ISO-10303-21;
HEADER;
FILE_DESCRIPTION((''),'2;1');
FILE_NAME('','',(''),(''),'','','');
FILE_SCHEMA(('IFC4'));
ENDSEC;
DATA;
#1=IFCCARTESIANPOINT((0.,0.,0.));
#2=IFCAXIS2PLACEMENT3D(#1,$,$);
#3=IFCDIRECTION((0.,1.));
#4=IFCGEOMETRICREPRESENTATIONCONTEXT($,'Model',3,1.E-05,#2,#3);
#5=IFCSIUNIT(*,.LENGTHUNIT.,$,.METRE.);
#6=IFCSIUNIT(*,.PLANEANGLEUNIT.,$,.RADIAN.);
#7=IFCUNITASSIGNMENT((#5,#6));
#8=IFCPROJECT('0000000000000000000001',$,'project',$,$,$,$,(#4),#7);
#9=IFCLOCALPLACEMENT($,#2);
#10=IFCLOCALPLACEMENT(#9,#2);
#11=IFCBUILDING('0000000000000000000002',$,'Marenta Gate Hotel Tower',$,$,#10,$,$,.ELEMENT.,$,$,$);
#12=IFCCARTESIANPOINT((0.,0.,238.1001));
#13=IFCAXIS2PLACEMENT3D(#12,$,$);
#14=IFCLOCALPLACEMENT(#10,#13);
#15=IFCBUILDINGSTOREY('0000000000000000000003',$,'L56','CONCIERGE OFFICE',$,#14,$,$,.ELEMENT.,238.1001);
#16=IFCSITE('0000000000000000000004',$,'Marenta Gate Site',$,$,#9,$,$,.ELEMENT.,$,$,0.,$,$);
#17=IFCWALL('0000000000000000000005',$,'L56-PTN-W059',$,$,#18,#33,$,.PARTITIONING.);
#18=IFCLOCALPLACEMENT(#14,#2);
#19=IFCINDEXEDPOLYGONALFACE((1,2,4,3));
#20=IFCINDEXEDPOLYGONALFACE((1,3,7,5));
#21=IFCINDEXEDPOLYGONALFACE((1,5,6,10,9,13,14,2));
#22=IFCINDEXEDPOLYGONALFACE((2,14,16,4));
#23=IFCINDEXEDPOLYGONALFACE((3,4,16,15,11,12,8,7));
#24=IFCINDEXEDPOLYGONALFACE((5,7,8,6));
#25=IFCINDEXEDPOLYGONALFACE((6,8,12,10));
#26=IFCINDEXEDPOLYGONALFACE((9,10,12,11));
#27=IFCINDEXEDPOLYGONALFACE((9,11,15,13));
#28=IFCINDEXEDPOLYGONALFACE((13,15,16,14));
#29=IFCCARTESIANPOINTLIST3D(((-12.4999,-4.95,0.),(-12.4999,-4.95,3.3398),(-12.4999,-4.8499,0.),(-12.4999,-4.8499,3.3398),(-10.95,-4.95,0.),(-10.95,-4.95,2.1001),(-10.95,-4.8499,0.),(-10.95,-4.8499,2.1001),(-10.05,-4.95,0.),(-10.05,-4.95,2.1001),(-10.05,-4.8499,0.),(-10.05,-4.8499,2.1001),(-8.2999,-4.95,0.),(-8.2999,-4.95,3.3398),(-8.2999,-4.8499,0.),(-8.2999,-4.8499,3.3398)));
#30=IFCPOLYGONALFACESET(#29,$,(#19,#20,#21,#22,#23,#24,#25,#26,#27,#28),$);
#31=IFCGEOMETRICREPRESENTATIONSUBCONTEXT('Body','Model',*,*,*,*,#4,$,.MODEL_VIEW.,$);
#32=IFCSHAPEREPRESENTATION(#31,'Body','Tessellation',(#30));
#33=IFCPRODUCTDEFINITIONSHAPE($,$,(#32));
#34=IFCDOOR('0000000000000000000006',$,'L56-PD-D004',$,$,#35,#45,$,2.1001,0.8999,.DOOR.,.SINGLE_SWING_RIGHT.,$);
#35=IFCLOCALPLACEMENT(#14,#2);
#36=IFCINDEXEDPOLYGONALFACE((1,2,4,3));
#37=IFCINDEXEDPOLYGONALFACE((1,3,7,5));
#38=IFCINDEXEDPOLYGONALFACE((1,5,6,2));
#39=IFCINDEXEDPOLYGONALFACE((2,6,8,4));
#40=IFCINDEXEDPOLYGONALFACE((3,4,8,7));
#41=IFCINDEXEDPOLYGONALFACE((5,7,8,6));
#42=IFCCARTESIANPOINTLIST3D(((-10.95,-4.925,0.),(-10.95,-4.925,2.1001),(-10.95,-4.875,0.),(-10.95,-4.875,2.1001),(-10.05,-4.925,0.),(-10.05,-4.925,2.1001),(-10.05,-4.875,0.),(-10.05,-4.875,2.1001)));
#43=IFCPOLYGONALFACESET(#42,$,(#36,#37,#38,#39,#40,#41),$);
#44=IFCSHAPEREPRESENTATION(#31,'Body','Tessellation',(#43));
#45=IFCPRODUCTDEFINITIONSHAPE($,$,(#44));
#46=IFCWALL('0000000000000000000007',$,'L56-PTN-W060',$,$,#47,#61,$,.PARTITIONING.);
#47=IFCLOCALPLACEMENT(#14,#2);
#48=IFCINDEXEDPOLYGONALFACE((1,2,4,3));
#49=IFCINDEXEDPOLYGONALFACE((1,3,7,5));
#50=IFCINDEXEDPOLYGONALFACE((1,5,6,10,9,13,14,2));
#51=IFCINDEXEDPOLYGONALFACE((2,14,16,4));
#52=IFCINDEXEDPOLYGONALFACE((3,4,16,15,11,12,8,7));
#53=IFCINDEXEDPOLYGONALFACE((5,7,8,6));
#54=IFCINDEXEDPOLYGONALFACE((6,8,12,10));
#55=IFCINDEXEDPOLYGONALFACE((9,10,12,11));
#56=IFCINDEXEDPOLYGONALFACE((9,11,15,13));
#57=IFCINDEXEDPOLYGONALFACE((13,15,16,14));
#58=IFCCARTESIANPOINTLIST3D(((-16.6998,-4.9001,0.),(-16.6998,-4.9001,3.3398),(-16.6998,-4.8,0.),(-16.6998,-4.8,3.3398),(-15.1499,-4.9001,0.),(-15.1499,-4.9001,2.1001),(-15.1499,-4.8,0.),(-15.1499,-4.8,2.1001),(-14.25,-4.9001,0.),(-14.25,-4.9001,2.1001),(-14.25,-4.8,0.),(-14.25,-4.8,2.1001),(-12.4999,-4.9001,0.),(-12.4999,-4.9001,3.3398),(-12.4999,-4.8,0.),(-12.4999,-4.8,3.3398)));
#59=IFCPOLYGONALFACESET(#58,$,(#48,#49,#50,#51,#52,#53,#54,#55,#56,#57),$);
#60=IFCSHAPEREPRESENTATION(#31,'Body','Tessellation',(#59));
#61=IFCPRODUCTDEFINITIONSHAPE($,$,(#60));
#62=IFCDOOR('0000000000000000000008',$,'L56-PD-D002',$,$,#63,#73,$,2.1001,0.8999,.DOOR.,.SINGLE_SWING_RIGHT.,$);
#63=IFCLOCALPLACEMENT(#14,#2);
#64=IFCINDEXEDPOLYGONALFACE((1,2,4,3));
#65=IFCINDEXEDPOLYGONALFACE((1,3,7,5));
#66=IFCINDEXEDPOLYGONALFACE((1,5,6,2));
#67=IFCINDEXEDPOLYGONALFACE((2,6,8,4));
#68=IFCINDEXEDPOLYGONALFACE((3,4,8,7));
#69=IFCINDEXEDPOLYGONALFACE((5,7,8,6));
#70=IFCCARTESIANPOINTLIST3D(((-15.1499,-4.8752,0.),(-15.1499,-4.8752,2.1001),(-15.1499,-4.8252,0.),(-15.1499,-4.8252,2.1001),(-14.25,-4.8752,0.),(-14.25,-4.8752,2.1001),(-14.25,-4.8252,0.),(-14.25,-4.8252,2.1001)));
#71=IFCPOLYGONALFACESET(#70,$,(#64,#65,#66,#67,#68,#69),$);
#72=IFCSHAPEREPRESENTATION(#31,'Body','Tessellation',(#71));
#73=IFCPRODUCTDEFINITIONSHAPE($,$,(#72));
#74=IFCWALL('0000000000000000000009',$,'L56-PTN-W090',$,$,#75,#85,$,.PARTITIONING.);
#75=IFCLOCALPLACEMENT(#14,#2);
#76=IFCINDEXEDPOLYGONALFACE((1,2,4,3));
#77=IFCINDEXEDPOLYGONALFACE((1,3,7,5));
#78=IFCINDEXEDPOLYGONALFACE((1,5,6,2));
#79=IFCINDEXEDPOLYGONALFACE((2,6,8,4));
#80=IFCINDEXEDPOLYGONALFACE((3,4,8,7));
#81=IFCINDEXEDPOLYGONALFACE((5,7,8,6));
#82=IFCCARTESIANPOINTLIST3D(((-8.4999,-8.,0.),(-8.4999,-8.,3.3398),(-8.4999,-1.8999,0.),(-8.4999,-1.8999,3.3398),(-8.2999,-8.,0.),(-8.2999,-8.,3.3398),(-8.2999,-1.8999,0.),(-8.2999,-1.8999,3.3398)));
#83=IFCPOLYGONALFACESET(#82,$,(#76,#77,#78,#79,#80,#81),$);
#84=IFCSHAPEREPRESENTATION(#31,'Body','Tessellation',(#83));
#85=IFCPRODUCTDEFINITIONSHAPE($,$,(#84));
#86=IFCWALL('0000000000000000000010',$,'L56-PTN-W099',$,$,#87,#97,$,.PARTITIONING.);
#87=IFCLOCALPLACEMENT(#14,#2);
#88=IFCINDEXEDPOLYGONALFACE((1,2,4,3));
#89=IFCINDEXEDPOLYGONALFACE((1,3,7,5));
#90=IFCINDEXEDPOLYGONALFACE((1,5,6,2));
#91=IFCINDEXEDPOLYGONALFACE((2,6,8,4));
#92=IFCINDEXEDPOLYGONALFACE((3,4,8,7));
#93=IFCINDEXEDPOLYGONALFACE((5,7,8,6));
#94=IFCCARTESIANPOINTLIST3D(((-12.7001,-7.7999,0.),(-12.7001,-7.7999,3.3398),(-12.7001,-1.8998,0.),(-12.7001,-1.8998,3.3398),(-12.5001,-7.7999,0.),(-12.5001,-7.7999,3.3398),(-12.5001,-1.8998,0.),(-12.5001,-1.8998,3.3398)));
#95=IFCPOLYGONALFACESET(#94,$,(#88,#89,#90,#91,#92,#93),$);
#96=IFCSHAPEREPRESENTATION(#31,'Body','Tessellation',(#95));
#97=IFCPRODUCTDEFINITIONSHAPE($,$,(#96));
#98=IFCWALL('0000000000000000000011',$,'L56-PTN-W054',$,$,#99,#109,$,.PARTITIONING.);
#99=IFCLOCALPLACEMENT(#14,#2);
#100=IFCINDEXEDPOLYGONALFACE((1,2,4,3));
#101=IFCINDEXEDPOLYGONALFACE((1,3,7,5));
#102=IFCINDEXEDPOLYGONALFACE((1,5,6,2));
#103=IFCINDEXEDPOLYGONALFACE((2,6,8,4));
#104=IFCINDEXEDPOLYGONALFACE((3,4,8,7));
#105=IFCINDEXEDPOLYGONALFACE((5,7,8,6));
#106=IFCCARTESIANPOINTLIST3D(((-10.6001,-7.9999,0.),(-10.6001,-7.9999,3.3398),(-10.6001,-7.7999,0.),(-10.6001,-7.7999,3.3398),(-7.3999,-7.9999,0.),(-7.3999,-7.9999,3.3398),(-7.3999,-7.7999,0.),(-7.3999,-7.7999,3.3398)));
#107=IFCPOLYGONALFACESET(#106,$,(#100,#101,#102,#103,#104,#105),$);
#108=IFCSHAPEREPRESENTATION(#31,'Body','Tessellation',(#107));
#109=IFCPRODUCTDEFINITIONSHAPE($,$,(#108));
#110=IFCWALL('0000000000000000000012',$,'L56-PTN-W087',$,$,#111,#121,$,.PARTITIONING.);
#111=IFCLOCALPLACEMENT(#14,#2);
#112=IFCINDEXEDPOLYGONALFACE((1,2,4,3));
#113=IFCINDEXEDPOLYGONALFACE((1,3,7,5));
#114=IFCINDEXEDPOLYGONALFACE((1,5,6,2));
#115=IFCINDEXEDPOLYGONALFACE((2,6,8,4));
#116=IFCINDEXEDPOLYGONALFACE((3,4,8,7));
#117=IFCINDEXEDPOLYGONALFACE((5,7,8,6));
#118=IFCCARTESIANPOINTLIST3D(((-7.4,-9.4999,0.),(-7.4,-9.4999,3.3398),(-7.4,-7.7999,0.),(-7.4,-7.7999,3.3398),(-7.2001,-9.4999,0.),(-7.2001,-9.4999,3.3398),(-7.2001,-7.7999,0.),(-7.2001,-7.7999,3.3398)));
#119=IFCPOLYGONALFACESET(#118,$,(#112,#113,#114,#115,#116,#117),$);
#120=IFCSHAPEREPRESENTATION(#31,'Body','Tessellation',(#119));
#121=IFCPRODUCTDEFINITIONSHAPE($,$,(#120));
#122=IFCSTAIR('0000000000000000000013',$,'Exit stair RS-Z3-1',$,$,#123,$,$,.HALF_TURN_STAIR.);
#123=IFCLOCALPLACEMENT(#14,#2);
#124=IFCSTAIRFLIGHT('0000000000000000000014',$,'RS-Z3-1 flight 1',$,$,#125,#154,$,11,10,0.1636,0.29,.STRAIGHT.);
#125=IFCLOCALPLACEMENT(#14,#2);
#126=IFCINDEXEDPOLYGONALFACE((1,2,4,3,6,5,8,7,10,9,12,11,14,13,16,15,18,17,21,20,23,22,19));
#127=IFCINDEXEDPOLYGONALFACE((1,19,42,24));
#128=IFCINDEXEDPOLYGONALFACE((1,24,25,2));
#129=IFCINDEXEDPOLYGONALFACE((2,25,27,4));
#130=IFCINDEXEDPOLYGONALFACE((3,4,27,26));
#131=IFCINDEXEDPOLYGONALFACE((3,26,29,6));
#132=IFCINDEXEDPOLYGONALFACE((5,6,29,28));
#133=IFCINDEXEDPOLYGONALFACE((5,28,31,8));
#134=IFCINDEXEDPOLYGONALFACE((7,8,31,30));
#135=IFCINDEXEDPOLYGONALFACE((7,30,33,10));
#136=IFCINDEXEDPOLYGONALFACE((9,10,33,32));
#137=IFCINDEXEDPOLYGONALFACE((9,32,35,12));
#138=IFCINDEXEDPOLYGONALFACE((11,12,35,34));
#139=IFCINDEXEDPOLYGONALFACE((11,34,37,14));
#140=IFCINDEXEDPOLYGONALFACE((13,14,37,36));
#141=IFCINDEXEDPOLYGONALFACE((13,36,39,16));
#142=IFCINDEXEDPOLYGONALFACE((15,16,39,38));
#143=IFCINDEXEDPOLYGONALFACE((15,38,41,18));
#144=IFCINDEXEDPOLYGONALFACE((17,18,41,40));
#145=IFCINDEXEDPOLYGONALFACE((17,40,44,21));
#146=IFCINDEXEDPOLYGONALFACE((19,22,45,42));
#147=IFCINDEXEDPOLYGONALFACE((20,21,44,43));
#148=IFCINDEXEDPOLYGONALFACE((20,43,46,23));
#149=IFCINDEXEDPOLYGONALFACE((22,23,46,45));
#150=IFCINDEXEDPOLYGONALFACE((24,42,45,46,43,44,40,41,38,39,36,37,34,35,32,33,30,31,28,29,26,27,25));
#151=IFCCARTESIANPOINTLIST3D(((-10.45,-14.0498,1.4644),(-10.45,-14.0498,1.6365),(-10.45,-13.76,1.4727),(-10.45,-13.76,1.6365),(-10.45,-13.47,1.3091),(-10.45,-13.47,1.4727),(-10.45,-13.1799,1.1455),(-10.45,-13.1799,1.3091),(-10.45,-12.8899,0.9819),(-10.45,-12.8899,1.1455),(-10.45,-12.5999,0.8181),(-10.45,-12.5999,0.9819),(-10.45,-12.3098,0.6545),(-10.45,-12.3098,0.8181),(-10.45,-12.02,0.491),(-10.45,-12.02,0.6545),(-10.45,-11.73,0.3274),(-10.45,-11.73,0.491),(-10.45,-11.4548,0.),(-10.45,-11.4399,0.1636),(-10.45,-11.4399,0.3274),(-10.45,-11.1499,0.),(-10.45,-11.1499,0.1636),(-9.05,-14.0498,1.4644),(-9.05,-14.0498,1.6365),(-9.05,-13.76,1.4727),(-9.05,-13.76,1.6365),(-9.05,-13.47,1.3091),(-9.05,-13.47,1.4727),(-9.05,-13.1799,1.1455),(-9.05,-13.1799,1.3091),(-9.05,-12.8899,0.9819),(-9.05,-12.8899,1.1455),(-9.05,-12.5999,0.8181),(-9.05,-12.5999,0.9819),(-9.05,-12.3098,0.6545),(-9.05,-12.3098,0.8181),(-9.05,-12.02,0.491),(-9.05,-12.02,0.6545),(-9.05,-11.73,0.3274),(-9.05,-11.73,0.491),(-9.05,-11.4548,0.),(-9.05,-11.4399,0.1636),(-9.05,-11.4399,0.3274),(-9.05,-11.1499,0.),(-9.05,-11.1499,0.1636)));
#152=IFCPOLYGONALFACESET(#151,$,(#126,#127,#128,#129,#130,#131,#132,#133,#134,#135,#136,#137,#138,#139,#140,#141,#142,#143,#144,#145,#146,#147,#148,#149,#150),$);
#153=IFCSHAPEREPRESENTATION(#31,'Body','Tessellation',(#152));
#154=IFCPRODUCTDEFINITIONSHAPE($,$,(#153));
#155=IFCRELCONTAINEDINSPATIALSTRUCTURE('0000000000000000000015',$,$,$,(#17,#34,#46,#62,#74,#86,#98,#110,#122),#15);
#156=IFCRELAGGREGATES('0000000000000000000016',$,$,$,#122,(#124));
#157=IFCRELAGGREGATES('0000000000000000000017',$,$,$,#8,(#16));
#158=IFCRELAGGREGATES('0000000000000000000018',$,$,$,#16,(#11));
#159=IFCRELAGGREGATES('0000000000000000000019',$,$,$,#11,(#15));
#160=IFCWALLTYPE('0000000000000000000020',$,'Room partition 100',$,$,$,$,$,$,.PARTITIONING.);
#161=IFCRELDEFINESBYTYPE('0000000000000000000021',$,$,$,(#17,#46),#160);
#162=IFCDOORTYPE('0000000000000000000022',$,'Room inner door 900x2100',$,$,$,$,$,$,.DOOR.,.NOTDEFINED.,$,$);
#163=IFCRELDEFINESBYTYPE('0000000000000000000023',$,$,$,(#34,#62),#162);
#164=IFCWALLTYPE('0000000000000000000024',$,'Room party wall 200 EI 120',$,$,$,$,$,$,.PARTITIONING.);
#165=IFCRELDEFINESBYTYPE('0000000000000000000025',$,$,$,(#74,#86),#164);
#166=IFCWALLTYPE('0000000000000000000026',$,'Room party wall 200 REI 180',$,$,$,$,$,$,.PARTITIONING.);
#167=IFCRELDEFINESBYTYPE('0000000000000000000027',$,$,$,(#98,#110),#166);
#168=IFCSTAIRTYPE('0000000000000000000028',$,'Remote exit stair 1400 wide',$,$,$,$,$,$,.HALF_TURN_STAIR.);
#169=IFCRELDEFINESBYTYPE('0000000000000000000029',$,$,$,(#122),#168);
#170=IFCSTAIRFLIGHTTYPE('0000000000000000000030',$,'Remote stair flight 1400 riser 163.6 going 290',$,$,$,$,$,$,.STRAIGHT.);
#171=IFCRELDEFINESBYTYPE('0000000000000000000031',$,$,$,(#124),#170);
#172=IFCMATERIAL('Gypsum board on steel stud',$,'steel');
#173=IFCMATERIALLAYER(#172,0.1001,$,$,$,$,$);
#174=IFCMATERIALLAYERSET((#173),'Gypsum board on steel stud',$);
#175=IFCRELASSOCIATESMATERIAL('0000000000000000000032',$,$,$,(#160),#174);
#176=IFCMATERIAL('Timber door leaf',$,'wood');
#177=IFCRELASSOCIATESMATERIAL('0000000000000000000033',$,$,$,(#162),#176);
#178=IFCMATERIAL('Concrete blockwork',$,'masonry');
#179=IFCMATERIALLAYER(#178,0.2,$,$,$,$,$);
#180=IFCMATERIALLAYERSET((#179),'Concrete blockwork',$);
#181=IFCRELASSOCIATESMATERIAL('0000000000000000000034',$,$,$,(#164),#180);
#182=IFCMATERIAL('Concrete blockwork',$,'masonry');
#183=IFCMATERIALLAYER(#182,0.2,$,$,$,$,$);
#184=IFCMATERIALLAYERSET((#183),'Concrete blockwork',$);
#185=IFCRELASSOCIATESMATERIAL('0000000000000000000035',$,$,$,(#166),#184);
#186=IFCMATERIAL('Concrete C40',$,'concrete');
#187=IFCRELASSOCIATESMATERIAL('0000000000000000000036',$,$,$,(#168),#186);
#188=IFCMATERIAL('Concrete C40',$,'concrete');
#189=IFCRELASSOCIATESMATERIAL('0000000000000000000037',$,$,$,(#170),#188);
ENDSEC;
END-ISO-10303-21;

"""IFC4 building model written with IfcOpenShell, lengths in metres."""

from ifc_helpers import new_model, si_unit, direction, frame, frame_2d, origin, place, context, subcontext, project, spatial, polyline, rectangle, outline, extrude, material, layer, layer_set, type_object, element, fill, aggregate, save


model = new_model("IFC4")

# Units and contexts
model_context = context("Model", 3, precision=1e-05, world=origin(), true_north=direction((0.0, 1.0)))
body_context = subcontext(model_context, "Body", "Model", "MODEL_VIEW")
ifc_project = project(units=[si_unit("LENGTHUNIT", "METRE"), si_unit("PLANEANGLEUNIT", "RADIAN")], contexts=[model_context])

# Site, building, storey
site_placement = place(None, origin())
site = spatial("IfcSite", under=ifc_project, at=site_placement, Name="Marenta Gate Site", CompositionType="ELEMENT", RefElevation=0.0)
building_placement = place(site_placement, origin())
building = spatial("IfcBuilding", under=site, at=building_placement, Name="Marenta Gate Hotel Tower", CompositionType="ELEMENT")
storey_placement = place(building_placement, frame((0.0, 0.0, 238.1001)))
storey = spatial("IfcBuildingStorey", under=building, at=storey_placement, Name="L56", Description="CONCIERGE OFFICE", CompositionType="ELEMENT", Elevation=238.1001)

# Walls, openings, doors
ifc_material_1 = material(Name="Gypsum board on steel stud", Category="steel")
ifc_layer_1 = layer(ifc_material_1, 0.1001)
ifc_layer_set_1 = layer_set([ifc_layer_1], Name="Gypsum board on steel stud")
wall_type_1 = type_object("IfcWallType", Name="Room partition 100", PredefinedType="PARTITIONING", material=ifc_layer_set_1)
wall_1_placement = place(storey_placement, frame((-12.5, -4.8999, 0.0), z_axis=(0.0, 0.0, 1.0), x_axis=(1.0, 0.0, 0.0)))
wall_1 = element("IfcWall", 1, at=wall_1_placement, inside=storey, type_object=wall_type_1, Name="L56-PTN-W059", PredefinedType="PARTITIONING", context=body_context, shape_type="SweptSolid", body=[
    extrude(rectangle(XDim=4.2, YDim=0.1001, at=frame_2d((2.1001, 0.0))), origin(), (0.0, 0.0, 1.0), 3.3398),
])
opening_1_placement = place(wall_1_placement, frame((1.55, 0.0, 0.0)))
opening_1 = element("IfcOpeningElement", 2, at=opening_1_placement, cuts=wall_1, PredefinedType="OPENING", context=body_context, shape_type="SweptSolid", body=[
    extrude(rectangle(XDim=0.8999, YDim=2.1001, at=frame_2d((0.45, 1.05))), frame((0.0, 0.05, 0.0), z_axis=(0.0, -1.0, 0.0), x_axis=(1.0, 0.0, 0.0)), (0.0, 0.0, 1.0), 0.1001),
])
ifc_material_2 = material(Name="Timber door leaf", Category="wood")
door_type_1 = type_object("IfcDoorType", Name="Room inner door 900x2100", OperationType="NOTDEFINED", PredefinedType="DOOR", material=ifc_material_2)
door_1_placement = place(opening_1_placement, origin())
door_1 = element("IfcDoor", 3, at=door_1_placement, inside=storey, type_object=door_type_1, Name="L56-PD-D004", OperationType="SINGLE_SWING_RIGHT", OverallHeight=2.1001, OverallWidth=0.8999, PredefinedType="DOOR", context=body_context, shape_type="SweptSolid", body=[
    extrude(rectangle(XDim=0.8999, YDim=2.1001, at=frame_2d((0.45, 1.05))), frame((0.0, 0.0249, 0.0), z_axis=(0.0, -1.0, 0.0), x_axis=(1.0, 0.0, 0.0)), (0.0, 0.0, 1.0), 0.05),
])
fill(opening_1, door_1)
wall_2_placement = place(storey_placement, frame((-16.7, -4.8501, 0.0), z_axis=(0.0, 0.0, 1.0), x_axis=(1.0, 0.0, 0.0)))
wall_2 = element("IfcWall", 4, at=wall_2_placement, inside=storey, type_object=wall_type_1, Name="L56-PTN-W060", PredefinedType="PARTITIONING", context=body_context, shape_type="SweptSolid", body=[
    extrude(rectangle(XDim=4.2, YDim=0.1001, at=frame_2d((2.1001, 0.0))), origin(), (0.0, 0.0, 1.0), 3.3398),
])
opening_2_placement = place(wall_2_placement, frame((1.55, 0.0, 0.0)))
opening_2 = element("IfcOpeningElement", 5, at=opening_2_placement, cuts=wall_2, PredefinedType="OPENING", context=body_context, shape_type="SweptSolid", body=[
    extrude(rectangle(XDim=0.8999, YDim=2.1001, at=frame_2d((0.45, 1.05))), frame((0.0, 0.05, 0.0), z_axis=(0.0, -1.0, 0.0), x_axis=(1.0, 0.0, 0.0)), (0.0, 0.0, 1.0), 0.1001),
])
door_2_placement = place(opening_2_placement, origin())
door_2 = element("IfcDoor", 6, at=door_2_placement, inside=storey, type_object=door_type_1, Name="L56-PD-D002", OperationType="SINGLE_SWING_RIGHT", OverallHeight=2.1001, OverallWidth=0.8999, PredefinedType="DOOR", context=body_context, shape_type="SweptSolid", body=[
    extrude(rectangle(XDim=0.8999, YDim=2.1001, at=frame_2d((0.45, 1.05))), frame((0.0, 0.0249, 0.0), z_axis=(0.0, -1.0, 0.0), x_axis=(1.0, 0.0, 0.0)), (0.0, 0.0, 1.0), 0.05),
])
fill(opening_2, door_2)

# Walls
ifc_material_3 = material(Name="Concrete blockwork", Category="masonry")
ifc_layer_2 = layer(ifc_material_3, 0.2)
ifc_layer_set_2 = layer_set([ifc_layer_2], Name="Concrete blockwork")
wall_type_2 = type_object("IfcWallType", Name="Room party wall 200 EI 120", PredefinedType="PARTITIONING", material=ifc_layer_set_2)
wall_3_placement = place(storey_placement, frame((-8.3999, -8.0, 0.0), z_axis=(0.0, 0.0, 1.0), x_axis=(0.0, 1.0, 0.0)))
element("IfcWall", 7, at=wall_3_placement, inside=storey, type_object=wall_type_2, Name="L56-PTN-W090", PredefinedType="PARTITIONING", context=body_context, shape_type="SweptSolid", body=[
    extrude(rectangle(XDim=6.1001, YDim=0.2, at=frame_2d((3.05, 0.0))), origin(), (0.0, 0.0, 1.0), 3.3398),
])
wall_4_placement = place(storey_placement, frame((-12.6001, -7.8, 0.0), z_axis=(0.0, 0.0, 1.0), x_axis=(0.0, 1.0, 0.0)))
element("IfcWall", 8, at=wall_4_placement, inside=storey, type_object=wall_type_2, Name="L56-PTN-W099", PredefinedType="PARTITIONING", context=body_context, shape_type="SweptSolid", body=[
    extrude(rectangle(XDim=5.9001, YDim=0.2, at=frame_2d((2.9502, 0.0))), origin(), (0.0, 0.0, 1.0), 3.3398),
])
ifc_material_4 = material(Name="Concrete blockwork", Category="masonry")
ifc_layer_3 = layer(ifc_material_4, 0.2)
ifc_layer_set_3 = layer_set([ifc_layer_3], Name="Concrete blockwork")
wall_type_3 = type_object("IfcWallType", Name="Room party wall 200 REI 180", PredefinedType="PARTITIONING", material=ifc_layer_set_3)
wall_5_placement = place(storey_placement, frame((-10.6001, -7.8999, 0.0), z_axis=(0.0, 0.0, 1.0), x_axis=(1.0, 0.0, 0.0)))
element("IfcWall", 9, at=wall_5_placement, inside=storey, type_object=wall_type_3, Name="L56-PTN-W054", PredefinedType="PARTITIONING", context=body_context, shape_type="SweptSolid", body=[
    extrude(rectangle(XDim=3.2002, YDim=0.2, at=frame_2d((1.6001, 0.0))), origin(), (0.0, 0.0, 1.0), 3.3398),
])
wall_6_placement = place(storey_placement, frame((-7.3, -9.5, 0.0), z_axis=(0.0, 0.0, 1.0), x_axis=(0.0, 1.0, 0.0)))
element("IfcWall", 10, at=wall_6_placement, inside=storey, type_object=wall_type_3, Name="L56-PTN-W087", PredefinedType="PARTITIONING", context=body_context, shape_type="SweptSolid", body=[
    extrude(rectangle(XDim=1.7, YDim=0.2, at=frame_2d((0.8501, 0.0))), origin(), (0.0, 0.0, 1.0), 3.3398),
])

# Stair, stair flight
ifc_material_5 = material(Name="Concrete C40", Category="concrete")
stair_type = type_object("IfcStairType", Name="Remote exit stair 1400 wide", PredefinedType="HALF_TURN_STAIR", material=ifc_material_5)
stair_placement = place(storey_placement, origin())
stair = element("IfcStair", 11, at=stair_placement, inside=storey, type_object=stair_type, Name="Exit stair RS-Z3-1", PredefinedType="HALF_TURN_STAIR")
ifc_material_6 = material(Name="Concrete C40", Category="concrete")
stair_flight_type = type_object("IfcStairFlightType", Name="Remote stair flight 1400 riser 163.6 going 290", PredefinedType="STRAIGHT", material=ifc_material_6)
stair_flight_placement = place(storey_placement, frame((-9.75, -11.1499, 0.0), z_axis=(0.0, 0.0, 1.0), x_axis=(0.0, -1.0, 0.0)))
stair_flight = element("IfcStairFlight", 12, at=stair_flight_placement, type_object=stair_flight_type, Name="RS-Z3-1 flight 1", NumberOfRisers=11, NumberOfTreads=10, PredefinedType="STRAIGHT", RiserHeight=0.1636, TreadLength=0.29, context=body_context, shape_type="SweptSolid", body=[
    extrude(outline(polyline([(0.0, 0.0), (0.0, 0.1636), (0.29, 0.1636), (0.29, 0.3274), (0.5801, 0.3274), (0.5801, 0.491), (0.8701, 0.491), (0.8701, 0.6545), (1.1599, 0.6545), (1.1599, 0.8181), (1.45, 0.8181), (1.45, 0.9819), (1.74, 0.9819), (1.74, 1.1455), (2.03, 1.1455), (2.03, 1.3091), (2.3201, 1.3091), (2.3201, 1.4727), (2.6101, 1.4727), (2.6101, 1.6365), (2.8999, 1.6365), (2.8999, 1.8), (2.8999, 1.4644), (0.3049, 0.0), (0.0, 0.0)])), frame((0.0, 0.7, 0.0), z_axis=(0.0, -1.0, 0.0), x_axis=(1.0, 0.0, 0.0)), (0.0, 0.0, 1.0), 1.3999),
])
aggregate(stair, [stair_flight])

save(model, "model.ifc")
